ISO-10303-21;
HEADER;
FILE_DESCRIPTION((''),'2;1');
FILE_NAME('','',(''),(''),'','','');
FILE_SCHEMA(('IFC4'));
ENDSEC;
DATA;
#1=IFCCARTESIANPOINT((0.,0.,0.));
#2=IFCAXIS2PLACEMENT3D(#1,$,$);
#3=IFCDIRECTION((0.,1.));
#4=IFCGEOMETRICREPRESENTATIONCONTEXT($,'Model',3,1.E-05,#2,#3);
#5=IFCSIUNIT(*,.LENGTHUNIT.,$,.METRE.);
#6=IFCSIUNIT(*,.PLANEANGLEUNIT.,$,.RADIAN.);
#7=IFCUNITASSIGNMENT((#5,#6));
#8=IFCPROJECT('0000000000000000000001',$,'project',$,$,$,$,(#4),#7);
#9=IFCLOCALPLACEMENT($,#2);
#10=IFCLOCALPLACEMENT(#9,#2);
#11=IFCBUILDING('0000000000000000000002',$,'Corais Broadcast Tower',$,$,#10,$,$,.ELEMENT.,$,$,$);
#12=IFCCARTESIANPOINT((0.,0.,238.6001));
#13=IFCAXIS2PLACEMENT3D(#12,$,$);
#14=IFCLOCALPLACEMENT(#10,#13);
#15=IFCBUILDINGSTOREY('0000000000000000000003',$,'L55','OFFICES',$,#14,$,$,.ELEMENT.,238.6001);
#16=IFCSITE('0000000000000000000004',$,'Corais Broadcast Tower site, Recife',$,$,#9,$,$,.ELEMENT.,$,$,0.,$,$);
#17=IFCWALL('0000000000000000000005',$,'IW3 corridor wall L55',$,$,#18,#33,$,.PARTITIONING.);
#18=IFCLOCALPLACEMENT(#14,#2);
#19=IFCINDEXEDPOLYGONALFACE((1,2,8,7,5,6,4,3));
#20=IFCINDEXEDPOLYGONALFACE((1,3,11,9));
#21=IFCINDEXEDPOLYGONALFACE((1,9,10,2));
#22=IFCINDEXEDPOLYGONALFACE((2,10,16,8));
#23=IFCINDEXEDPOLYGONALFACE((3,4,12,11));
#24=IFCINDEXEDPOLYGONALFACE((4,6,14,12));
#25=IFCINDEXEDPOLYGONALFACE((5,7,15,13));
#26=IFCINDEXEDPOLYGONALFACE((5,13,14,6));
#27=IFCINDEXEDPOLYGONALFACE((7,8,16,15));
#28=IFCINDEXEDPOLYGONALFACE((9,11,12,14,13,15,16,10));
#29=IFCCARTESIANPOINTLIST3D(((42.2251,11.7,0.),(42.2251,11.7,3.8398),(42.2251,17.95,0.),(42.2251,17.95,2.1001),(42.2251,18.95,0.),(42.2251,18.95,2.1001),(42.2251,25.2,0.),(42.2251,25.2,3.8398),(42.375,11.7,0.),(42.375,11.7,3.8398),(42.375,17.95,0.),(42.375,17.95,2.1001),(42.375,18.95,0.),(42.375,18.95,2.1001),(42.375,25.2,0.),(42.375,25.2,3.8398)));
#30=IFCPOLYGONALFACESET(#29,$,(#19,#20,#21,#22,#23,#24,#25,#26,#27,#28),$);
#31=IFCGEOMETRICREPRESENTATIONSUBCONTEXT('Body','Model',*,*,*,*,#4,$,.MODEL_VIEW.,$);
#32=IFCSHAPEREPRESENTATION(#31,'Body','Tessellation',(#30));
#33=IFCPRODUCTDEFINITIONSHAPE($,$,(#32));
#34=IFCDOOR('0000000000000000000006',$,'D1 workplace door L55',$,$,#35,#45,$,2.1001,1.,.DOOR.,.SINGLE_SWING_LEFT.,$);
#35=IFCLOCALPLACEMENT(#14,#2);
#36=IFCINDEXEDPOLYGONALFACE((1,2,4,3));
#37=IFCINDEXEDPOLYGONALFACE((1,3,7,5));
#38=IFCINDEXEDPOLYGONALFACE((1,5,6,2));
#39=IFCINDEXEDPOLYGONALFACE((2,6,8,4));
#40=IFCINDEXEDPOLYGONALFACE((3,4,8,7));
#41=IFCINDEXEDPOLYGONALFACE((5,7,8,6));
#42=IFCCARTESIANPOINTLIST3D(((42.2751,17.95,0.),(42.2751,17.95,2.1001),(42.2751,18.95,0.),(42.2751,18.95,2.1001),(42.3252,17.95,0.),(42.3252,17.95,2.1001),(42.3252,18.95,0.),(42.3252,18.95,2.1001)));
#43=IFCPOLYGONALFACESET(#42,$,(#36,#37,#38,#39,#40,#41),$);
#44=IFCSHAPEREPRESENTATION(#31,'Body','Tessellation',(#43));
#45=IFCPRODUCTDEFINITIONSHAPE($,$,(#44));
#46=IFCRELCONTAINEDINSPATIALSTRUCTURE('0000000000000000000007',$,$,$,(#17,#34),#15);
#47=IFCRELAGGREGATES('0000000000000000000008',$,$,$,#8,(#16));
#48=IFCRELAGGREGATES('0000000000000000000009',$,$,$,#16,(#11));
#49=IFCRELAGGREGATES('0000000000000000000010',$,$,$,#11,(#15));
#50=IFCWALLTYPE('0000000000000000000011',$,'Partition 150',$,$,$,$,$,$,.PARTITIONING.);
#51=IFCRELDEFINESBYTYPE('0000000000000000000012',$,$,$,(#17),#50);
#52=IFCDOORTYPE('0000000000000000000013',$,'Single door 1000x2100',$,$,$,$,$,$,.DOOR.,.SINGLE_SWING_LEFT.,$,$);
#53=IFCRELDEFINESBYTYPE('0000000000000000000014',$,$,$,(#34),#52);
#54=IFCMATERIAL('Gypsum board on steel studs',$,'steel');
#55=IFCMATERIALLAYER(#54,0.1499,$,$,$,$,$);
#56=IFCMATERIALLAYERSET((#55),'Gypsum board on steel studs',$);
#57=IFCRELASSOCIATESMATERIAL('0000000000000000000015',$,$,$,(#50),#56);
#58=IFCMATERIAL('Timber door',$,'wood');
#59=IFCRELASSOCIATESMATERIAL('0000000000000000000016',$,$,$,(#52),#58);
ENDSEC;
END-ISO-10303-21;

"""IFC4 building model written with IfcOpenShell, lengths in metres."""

from ifc_helpers import new_model, si_unit, direction, frame, frame_2d, origin, place, context, subcontext, project, spatial, rectangle, extrude, material, layer, layer_set, type_object, element, fill, save


model = new_model("IFC4")

# Units and contexts
model_context = context("Model", 3, precision=1e-05, world=origin(), true_north=direction((0.0, 1.0)))
body_context = subcontext(model_context, "Body", "Model", "MODEL_VIEW")
ifc_project = project(units=[si_unit("LENGTHUNIT", "METRE"), si_unit("PLANEANGLEUNIT", "RADIAN")], contexts=[model_context])

# Site, building, storey
site_placement = place(None, origin())
site = spatial("IfcSite", under=ifc_project, at=site_placement, Name="Corais Broadcast Tower site, Recife", CompositionType="ELEMENT", RefElevation=0.0)
building_placement = place(site_placement, origin())
building = spatial("IfcBuilding", under=site, at=building_placement, Name="Corais Broadcast Tower", CompositionType="ELEMENT")
storey_placement = place(building_placement, frame((0.0, 0.0, 238.6001)))
storey = spatial("IfcBuildingStorey", under=building, at=storey_placement, Name="L55", Description="OFFICES", CompositionType="ELEMENT", Elevation=238.6001)

# Wall, opening, door
ifc_material_1 = material(Name="Gypsum board on steel studs", Category="steel")
ifc_layer_1 = layer(ifc_material_1, 0.1499)
ifc_layer_set_1 = layer_set([ifc_layer_1], Name="Gypsum board on steel studs")
wall_type = type_object("IfcWallType", Name="Partition 150", PredefinedType="PARTITIONING", material=ifc_layer_set_1)
wall_placement = place(storey_placement, frame((42.3, 11.7, 0.0), z_axis=(0.0, 0.0, 1.0), x_axis=(0.0, 1.0, 0.0)))
wall = element("IfcWall", 1, at=wall_placement, inside=storey, type_object=wall_type, Name="IW3 corridor wall L55", PredefinedType="PARTITIONING", context=body_context, shape_type="SweptSolid", body=[
    extrude(rectangle(XDim=13.5, YDim=0.1499, at=frame_2d((6.75, 0.0))), origin(), (0.0, 0.0, 1.0), 3.8398),
])
opening_placement = place(wall_placement, frame((6.25, 0.0, 0.0)))
opening = element("IfcOpeningElement", 2, at=opening_placement, cuts=wall, PredefinedType="OPENING", context=body_context, shape_type="SweptSolid", body=[
    extrude(rectangle(XDim=1.0, YDim=2.1001, at=frame_2d((0.5, 1.05))), frame((0.0, 0.085, 0.0), z_axis=(0.0, -1.0, 0.0), x_axis=(1.0, 0.0, 0.0)), (0.0, 0.0, 1.0), 0.1699),
])
ifc_material_2 = material(Name="Timber door", Category="wood")
door_type = type_object("IfcDoorType", Name="Single door 1000x2100", OperationType="SINGLE_SWING_LEFT", PredefinedType="DOOR", material=ifc_material_2)
door_placement = place(opening_placement, origin())
door = element("IfcDoor", 3, at=door_placement, inside=storey, type_object=door_type, Name="D1 workplace door L55", OperationType="SINGLE_SWING_LEFT", OverallHeight=2.1001, OverallWidth=1.0, PredefinedType="DOOR", context=body_context, shape_type="SweptSolid", body=[
    extrude(rectangle(XDim=1.0, YDim=2.1001, at=frame_2d((0.5, 1.05))), frame((0.0, 0.0249, 0.0), z_axis=(0.0, -1.0, 0.0), x_axis=(1.0, 0.0, 0.0)), (0.0, 0.0, 1.0), 0.05),
])
fill(opening, door)

save(model, "model.ifc")
